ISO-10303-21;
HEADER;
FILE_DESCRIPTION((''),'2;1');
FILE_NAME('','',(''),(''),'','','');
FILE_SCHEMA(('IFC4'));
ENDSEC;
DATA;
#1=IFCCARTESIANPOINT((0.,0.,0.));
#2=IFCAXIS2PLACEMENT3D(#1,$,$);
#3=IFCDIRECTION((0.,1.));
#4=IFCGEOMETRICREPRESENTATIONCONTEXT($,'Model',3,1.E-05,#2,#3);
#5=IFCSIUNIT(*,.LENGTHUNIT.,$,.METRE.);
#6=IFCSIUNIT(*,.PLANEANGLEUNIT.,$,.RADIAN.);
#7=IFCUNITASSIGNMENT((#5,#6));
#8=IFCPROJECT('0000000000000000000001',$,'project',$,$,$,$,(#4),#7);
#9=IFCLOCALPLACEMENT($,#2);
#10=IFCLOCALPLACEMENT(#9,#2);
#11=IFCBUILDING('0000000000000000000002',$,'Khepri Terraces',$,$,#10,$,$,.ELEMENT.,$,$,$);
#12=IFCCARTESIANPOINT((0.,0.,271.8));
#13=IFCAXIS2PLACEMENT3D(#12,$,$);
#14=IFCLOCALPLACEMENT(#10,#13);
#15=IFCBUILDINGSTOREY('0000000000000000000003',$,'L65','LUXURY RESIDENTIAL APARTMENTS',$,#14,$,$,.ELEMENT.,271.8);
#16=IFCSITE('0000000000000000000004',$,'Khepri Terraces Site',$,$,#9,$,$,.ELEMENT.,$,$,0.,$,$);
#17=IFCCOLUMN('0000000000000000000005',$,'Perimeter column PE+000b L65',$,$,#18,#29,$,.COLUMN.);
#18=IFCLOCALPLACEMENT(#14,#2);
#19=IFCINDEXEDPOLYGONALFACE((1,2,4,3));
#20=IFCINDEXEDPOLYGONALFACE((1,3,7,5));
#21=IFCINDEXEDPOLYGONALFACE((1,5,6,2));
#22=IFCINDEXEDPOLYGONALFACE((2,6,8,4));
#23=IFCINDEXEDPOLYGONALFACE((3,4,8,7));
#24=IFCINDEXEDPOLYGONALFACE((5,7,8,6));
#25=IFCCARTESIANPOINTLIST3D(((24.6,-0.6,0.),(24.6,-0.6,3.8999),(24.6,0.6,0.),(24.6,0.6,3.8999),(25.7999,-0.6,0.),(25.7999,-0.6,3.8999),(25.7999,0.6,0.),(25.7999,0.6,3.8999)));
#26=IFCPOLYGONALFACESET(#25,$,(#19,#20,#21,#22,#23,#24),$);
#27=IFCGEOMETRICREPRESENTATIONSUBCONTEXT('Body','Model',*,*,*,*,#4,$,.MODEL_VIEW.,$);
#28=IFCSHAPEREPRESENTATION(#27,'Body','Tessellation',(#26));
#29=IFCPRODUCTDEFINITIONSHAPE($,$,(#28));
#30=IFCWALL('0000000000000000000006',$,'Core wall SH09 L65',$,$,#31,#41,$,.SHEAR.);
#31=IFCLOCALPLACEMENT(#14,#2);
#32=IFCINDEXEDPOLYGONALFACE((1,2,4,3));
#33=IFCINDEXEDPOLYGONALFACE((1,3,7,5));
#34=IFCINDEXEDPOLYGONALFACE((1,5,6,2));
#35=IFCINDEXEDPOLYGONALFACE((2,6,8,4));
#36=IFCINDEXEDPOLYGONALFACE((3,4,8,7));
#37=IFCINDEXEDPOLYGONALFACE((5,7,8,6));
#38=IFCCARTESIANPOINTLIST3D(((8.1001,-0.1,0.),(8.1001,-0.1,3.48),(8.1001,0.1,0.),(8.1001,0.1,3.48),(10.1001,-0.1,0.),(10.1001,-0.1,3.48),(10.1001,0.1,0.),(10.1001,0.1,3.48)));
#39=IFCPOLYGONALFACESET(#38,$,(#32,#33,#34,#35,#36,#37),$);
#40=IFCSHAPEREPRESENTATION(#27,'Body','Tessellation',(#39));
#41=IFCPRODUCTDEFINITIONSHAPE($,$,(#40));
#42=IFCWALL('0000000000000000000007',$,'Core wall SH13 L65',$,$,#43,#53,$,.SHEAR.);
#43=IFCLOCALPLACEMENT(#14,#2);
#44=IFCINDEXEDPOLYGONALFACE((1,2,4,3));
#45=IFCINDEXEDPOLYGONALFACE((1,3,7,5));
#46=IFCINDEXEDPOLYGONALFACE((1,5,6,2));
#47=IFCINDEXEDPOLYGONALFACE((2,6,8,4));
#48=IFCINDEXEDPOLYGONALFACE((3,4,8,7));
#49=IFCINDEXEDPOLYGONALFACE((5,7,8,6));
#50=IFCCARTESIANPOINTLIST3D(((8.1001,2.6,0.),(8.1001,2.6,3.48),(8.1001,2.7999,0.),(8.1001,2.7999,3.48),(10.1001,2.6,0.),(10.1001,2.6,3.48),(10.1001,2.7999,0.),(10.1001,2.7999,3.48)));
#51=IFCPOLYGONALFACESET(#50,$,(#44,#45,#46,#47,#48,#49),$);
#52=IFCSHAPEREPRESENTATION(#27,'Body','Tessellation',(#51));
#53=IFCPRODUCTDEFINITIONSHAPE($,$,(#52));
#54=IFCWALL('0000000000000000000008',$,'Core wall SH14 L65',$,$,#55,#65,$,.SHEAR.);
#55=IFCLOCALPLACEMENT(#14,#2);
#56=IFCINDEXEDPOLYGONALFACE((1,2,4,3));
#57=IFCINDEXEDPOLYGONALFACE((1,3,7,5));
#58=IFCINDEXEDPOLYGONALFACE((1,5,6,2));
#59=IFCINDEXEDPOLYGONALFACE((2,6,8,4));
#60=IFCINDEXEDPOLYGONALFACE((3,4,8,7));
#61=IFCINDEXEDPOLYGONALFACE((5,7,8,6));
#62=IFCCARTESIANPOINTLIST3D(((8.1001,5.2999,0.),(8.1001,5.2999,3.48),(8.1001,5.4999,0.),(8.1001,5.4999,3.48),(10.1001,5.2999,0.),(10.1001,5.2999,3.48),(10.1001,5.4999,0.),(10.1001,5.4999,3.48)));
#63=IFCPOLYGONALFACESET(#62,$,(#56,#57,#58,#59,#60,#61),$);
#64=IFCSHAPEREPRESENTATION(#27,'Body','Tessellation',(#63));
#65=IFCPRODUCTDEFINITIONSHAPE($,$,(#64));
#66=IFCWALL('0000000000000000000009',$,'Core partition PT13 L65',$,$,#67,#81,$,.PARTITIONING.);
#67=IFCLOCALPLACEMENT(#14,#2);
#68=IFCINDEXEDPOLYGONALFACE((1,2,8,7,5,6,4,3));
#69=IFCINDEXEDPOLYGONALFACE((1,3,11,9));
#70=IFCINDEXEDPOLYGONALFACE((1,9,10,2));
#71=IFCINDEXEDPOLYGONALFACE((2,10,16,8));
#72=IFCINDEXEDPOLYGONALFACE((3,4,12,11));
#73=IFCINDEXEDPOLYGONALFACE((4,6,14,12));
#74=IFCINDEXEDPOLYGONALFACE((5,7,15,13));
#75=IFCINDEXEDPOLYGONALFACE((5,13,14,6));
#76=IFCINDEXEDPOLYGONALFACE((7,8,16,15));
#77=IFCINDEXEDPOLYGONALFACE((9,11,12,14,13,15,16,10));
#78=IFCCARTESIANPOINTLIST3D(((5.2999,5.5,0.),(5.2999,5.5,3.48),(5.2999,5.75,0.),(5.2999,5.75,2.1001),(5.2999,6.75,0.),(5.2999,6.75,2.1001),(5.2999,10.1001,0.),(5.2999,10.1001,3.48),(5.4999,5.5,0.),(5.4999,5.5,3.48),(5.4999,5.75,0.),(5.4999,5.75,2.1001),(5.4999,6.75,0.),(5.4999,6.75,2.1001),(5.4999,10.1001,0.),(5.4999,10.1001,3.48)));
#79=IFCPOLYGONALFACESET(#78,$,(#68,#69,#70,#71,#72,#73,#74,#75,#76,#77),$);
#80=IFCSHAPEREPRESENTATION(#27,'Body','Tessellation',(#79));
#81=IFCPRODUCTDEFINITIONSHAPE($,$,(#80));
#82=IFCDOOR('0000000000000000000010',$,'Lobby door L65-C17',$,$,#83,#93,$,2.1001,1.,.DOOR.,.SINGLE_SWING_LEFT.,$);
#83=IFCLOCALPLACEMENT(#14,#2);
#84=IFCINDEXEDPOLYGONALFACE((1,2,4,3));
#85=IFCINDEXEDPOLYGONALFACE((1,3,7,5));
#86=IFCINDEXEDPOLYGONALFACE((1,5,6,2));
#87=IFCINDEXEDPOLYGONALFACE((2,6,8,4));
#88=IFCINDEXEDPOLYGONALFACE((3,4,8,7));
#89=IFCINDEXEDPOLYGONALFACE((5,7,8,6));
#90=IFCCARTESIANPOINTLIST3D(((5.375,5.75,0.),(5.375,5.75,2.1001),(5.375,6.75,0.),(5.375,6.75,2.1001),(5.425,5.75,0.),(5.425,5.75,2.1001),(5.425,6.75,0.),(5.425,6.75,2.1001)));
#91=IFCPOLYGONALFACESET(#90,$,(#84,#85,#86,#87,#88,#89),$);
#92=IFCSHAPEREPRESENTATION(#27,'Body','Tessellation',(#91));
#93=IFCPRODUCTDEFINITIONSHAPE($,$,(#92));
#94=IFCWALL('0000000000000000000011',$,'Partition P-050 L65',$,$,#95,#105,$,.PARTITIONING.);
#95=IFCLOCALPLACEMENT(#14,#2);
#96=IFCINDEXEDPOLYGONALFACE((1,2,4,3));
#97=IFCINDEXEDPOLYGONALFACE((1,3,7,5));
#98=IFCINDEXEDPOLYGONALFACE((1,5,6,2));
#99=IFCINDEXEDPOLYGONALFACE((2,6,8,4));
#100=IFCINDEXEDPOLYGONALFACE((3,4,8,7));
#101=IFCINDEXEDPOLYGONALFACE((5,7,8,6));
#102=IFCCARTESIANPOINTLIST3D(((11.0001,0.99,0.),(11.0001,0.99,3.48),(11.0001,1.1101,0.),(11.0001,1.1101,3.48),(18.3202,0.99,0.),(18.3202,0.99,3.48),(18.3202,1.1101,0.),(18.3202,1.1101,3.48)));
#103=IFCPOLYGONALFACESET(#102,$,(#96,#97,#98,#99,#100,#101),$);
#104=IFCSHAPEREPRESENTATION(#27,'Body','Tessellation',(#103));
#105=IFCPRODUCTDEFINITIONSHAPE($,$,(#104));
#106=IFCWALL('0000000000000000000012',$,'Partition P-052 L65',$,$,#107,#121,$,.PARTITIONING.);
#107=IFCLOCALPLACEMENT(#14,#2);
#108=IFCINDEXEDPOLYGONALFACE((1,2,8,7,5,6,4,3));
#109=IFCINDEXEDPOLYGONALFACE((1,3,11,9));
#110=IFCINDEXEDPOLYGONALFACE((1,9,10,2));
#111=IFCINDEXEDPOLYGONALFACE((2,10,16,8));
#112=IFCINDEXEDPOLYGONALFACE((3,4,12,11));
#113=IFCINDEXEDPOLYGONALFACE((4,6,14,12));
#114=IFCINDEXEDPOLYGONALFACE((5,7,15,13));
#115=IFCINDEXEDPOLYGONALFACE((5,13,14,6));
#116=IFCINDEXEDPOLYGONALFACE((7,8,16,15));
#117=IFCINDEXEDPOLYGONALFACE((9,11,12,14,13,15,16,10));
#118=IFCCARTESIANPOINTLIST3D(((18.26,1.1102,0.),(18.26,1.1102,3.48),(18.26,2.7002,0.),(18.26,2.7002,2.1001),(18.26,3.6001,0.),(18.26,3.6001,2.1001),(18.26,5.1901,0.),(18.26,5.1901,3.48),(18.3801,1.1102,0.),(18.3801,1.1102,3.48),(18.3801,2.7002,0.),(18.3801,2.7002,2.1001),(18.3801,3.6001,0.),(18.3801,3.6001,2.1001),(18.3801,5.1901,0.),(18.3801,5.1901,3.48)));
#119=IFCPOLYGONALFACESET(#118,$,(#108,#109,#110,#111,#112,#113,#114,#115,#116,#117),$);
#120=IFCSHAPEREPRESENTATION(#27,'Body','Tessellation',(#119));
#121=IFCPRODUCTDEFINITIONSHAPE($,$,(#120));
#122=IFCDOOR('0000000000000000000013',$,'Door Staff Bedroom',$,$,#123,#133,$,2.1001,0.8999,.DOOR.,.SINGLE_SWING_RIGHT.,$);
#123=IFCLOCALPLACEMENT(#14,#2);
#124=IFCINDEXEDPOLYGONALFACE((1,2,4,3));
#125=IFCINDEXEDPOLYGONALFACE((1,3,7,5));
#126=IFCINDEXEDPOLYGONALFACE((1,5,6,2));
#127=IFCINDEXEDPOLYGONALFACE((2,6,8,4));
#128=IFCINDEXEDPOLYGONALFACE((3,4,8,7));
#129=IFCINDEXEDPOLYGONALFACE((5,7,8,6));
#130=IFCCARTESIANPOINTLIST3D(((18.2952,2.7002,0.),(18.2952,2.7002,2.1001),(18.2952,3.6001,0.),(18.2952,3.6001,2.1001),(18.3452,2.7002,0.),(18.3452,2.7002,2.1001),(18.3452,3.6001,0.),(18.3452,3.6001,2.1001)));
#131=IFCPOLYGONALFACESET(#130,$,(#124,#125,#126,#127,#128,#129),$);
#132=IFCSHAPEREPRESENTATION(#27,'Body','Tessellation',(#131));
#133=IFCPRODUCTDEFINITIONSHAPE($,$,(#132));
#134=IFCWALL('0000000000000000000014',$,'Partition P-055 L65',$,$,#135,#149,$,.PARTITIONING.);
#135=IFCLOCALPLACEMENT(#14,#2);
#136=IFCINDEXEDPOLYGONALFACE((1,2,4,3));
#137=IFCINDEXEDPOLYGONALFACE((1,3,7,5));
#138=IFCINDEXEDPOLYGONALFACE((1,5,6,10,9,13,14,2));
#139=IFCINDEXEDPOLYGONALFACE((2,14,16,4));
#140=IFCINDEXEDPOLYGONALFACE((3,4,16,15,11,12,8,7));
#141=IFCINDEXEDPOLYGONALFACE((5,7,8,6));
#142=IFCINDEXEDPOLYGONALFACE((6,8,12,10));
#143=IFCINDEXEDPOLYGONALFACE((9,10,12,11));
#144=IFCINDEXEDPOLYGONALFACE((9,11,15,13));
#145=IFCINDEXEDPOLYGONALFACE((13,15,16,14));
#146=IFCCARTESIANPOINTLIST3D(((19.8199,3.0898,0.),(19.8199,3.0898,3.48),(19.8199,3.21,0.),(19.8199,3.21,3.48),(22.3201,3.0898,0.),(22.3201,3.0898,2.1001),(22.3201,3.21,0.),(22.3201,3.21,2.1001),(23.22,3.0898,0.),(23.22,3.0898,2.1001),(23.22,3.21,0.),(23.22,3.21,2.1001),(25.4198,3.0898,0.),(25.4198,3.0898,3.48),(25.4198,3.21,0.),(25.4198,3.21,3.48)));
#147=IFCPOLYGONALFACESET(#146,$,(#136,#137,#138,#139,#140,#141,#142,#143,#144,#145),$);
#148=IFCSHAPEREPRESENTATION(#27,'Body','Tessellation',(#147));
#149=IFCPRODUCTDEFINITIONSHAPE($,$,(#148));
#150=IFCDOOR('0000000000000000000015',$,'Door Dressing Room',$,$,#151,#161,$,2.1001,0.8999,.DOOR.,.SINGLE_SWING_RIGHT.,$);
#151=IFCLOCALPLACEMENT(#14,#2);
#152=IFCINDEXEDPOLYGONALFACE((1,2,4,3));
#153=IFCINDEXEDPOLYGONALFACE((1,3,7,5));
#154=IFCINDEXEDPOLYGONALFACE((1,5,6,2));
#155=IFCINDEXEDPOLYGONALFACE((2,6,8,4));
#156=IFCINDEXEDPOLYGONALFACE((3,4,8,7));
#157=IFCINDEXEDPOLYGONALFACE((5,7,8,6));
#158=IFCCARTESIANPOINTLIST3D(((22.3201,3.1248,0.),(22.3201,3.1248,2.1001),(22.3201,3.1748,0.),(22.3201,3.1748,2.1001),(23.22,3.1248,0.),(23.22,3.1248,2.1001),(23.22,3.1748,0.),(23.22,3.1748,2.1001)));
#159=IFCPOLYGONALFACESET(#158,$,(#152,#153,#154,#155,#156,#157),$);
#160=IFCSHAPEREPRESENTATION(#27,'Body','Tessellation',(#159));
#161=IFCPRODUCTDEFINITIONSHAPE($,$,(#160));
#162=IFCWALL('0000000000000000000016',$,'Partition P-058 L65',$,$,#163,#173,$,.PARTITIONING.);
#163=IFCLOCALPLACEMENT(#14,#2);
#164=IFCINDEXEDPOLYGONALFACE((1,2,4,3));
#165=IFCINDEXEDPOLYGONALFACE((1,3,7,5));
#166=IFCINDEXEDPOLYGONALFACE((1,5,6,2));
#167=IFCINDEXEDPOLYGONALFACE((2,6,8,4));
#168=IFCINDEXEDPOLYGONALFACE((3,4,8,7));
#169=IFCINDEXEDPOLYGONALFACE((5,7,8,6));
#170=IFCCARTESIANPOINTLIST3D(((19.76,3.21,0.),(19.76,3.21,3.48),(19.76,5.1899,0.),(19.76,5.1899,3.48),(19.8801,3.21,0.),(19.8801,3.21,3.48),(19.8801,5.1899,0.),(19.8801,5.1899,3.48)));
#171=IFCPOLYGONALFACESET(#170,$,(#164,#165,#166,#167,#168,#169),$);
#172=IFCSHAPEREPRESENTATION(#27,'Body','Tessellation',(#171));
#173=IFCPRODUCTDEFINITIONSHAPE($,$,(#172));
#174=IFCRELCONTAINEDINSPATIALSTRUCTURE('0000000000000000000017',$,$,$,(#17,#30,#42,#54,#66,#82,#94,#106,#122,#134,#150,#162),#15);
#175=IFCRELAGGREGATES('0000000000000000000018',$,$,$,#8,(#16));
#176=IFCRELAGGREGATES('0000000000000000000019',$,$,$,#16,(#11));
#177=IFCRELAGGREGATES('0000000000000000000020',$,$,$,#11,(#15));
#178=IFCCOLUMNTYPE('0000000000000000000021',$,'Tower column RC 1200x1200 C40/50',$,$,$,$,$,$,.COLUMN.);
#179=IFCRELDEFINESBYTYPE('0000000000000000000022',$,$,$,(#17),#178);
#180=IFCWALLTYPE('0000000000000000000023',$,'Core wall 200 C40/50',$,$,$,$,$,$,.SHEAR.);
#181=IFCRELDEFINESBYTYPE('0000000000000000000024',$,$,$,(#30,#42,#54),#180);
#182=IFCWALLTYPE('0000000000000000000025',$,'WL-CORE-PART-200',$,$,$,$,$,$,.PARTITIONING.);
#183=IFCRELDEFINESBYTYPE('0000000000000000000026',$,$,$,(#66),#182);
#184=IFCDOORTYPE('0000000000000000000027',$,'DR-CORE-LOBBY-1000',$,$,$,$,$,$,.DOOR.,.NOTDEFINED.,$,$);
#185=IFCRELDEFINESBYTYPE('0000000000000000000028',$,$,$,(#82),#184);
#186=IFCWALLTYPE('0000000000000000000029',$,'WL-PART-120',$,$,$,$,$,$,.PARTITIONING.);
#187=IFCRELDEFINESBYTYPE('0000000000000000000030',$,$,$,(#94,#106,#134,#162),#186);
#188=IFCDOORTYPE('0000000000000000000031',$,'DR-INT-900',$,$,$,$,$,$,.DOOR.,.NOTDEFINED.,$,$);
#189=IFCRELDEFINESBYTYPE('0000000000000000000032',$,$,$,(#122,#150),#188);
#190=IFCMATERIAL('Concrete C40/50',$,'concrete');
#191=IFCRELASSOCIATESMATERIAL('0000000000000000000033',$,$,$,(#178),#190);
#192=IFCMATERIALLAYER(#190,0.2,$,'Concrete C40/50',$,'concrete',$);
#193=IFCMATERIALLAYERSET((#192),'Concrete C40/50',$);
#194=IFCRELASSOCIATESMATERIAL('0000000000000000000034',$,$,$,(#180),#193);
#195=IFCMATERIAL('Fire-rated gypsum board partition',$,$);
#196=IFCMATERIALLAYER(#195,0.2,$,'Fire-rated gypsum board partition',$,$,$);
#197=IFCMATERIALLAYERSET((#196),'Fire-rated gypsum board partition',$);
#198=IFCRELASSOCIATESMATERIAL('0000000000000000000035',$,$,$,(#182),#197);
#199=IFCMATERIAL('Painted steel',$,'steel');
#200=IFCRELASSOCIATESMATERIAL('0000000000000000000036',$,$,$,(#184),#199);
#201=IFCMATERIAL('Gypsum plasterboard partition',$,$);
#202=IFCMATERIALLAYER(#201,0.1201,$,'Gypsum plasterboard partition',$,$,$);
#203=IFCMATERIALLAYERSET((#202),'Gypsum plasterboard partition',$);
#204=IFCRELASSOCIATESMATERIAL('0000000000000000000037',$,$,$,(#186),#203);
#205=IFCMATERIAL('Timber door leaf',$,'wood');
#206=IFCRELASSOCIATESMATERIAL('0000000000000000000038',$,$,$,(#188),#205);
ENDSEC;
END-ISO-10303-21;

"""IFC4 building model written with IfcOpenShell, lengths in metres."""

from ifc_helpers import new_model, si_unit, direction, frame, frame_2d, origin, origin_2d, place, context, subcontext, project, spatial, rectangle, extrude, material, layer, layer_set, material_profile, profile_set, type_object, element, fill, save


model = new_model("IFC4")

# Units and contexts
model_context = context("Model", 3, precision=1e-05, world=origin(), true_north=direction((0.0, 1.0)))
body_context = subcontext(model_context, "Body", "Model", "MODEL_VIEW")
ifc_project = project(units=[si_unit("LENGTHUNIT", "METRE"), si_unit("PLANEANGLEUNIT", "RADIAN")], contexts=[model_context])

# Site, building, storey
site_placement = place(None, origin())
site = spatial("IfcSite", under=ifc_project, at=site_placement, Name="Khepri Terraces Site", CompositionType="ELEMENT", RefElevation=0.0)
building_placement = place(site_placement, origin())
building = spatial("IfcBuilding", under=site, at=building_placement, Name="Khepri Terraces", CompositionType="ELEMENT")
storey_placement = place(building_placement, frame((0.0, 0.0, 271.8)))
storey = spatial("IfcBuildingStorey", under=building, at=storey_placement, Name="L65", Description="LUXURY RESIDENTIAL APARTMENTS", CompositionType="ELEMENT", Elevation=271.8)

# Column
ifc_material_1 = material(Name="Concrete C40/50", Category="concrete")
ifc_material_profile = material_profile(ifc_material_1, rectangle(XDim=1.2, YDim=1.2, at=origin_2d()), Name="Concrete C40/50", Category="concrete")
ifc_profile_set = profile_set([ifc_material_profile], Name="Concrete C40/50")
column_type = type_object("IfcColumnType", Name="Tower column RC 1200x1200 C40/50", PredefinedType="COLUMN", material=ifc_profile_set)
column_placement = place(storey_placement, frame((25.2, 0.0, 0.0), z_axis=(0.0, 0.0, 1.0), x_axis=(1.0, 0.0, 0.0)))
element("IfcColumn", 1, at=column_placement, inside=storey, type_object=column_type, Name="Perimeter column PE+000b L65", PredefinedType="COLUMN", context=body_context, shape_type="SweptSolid", body=[
    extrude(rectangle(XDim=1.2, YDim=1.2, at=origin_2d()), origin(), (0.0, 0.0, 1.0), 3.8999),
])

# Walls
ifc_layer_1 = layer(ifc_material_1, 0.2, Name="Concrete C40/50", Category="concrete")
ifc_layer_set_1 = layer_set([ifc_layer_1], Name="Concrete C40/50")
wall_type_1 = type_object("IfcWallType", Name="Core wall 200 C40/50", PredefinedType="SHEAR", material=ifc_layer_set_1)
for number, where, z_axis, x_axis, name in (
    (2, (8.1001, 0.0, 0.0), (0.0, 0.0, 1.0), (1.0, 0.0, 0.0), "Core wall SH09 L65"),
    (3, (8.1001, 2.7, 0.0), (0.0, 0.0, 1.0), (1.0, 0.0, 0.0), "Core wall SH13 L65"),
    (4, (8.1001, 5.3999, 0.0), (0.0, 0.0, 1.0), (1.0, 0.0, 0.0), "Core wall SH14 L65"),
):
    element("IfcWall", number, at=place(storey_placement, frame(where, z_axis=z_axis, x_axis=x_axis)), inside=storey, type_object=wall_type_1, Name=name, PredefinedType="SHEAR", context=body_context, shape_type="SweptSolid", body=[
        extrude(rectangle(XDim=2.0, YDim=0.2, at=frame_2d((1.0, 0.0))), origin(), (0.0, 0.0, 1.0), 3.48),
    ])

# Wall, opening, door
ifc_material_2 = material(Name="Fire-rated gypsum board partition")
ifc_layer_2 = layer(ifc_material_2, 0.2, Name="Fire-rated gypsum board partition")
ifc_layer_set_2 = layer_set([ifc_layer_2], Name="Fire-rated gypsum board partition")
wall_type_2 = type_object("IfcWallType", Name="WL-CORE-PART-200", PredefinedType="PARTITIONING", material=ifc_layer_set_2)
wall_1_placement = place(storey_placement, frame((5.3999, 5.5, 0.0), z_axis=(0.0, 0.0, 1.0), x_axis=(0.0, 1.0, 0.0)))
wall_1 = element("IfcWall", 5, at=wall_1_placement, inside=storey, type_object=wall_type_2, Name="Core partition PT13 L65", PredefinedType="PARTITIONING", context=body_context, shape_type="SweptSolid", body=[
    extrude(rectangle(XDim=4.6001, YDim=0.2, at=frame_2d((2.3, 0.0))), origin(), (0.0, 0.0, 1.0), 3.48),
])
opening_1_placement = place(wall_1_placement, frame((0.25, 0.0, 0.0)))
opening_1 = element("IfcOpeningElement", 6, at=opening_1_placement, cuts=wall_1, PredefinedType="OPENING", context=body_context, shape_type="SweptSolid", body=[
    extrude(rectangle(XDim=1.0, YDim=2.1001, at=frame_2d((0.5, 1.05))), frame((0.0, 0.1099, 0.0), z_axis=(0.0, -1.0, 0.0), x_axis=(1.0, 0.0, 0.0)), (0.0, 0.0, 1.0), 0.22),
])
ifc_material_3 = material(Name="Painted steel", Category="steel")
door_type_1 = type_object("IfcDoorType", Name="DR-CORE-LOBBY-1000", OperationType="NOTDEFINED", PredefinedType="DOOR", material=ifc_material_3)
door_1_placement = place(opening_1_placement, origin())
door_1 = element("IfcDoor", 7, at=door_1_placement, inside=storey, type_object=door_type_1, Name="Lobby door L65-C17", OperationType="SINGLE_SWING_LEFT", OverallHeight=2.1001, OverallWidth=1.0, PredefinedType="DOOR", context=body_context, shape_type="SweptSolid", body=[
    extrude(rectangle(XDim=1.0, YDim=2.1001, at=frame_2d((0.5, 1.05))), frame((0.0, 0.0249, 0.0), z_axis=(0.0, -1.0, 0.0), x_axis=(1.0, 0.0, 0.0)), (0.0, 0.0, 1.0), 0.05),
])
fill(opening_1, door_1)

# Wall
ifc_material_4 = material(Name="Gypsum plasterboard partition")
ifc_layer_3 = layer(ifc_material_4, 0.1201, Name="Gypsum plasterboard partition")
ifc_layer_set_3 = layer_set([ifc_layer_3], Name="Gypsum plasterboard partition")
wall_type_3 = type_object("IfcWallType", Name="WL-PART-120", PredefinedType="PARTITIONING", material=ifc_layer_set_3)
wall_2_placement = place(storey_placement, frame((11.0, 1.05, 0.0), z_axis=(0.0, 0.0, 1.0), x_axis=(1.0, 0.0, 0.0)))
element("IfcWall", 8, at=wall_2_placement, inside=storey, type_object=wall_type_3, Name="Partition P-050 L65", PredefinedType="PARTITIONING", context=body_context, shape_type="SweptSolid", body=[
    extrude(rectangle(XDim=7.3201, YDim=0.1201, at=frame_2d((3.6602, 0.0))), origin(), (0.0, 0.0, 1.0), 3.48),
])

# Walls, openings, doors
wall_3_placement = place(storey_placement, frame((18.3201, 1.1101, 0.0), z_axis=(0.0, 0.0, 1.0), x_axis=(0.0, 1.0, 0.0)))
wall_3 = element("IfcWall", 9, at=wall_3_placement, inside=storey, type_object=wall_type_3, Name="Partition P-052 L65", PredefinedType="PARTITIONING", context=body_context, shape_type="SweptSolid", body=[
    extrude(rectangle(XDim=4.0798, YDim=0.1201, at=frame_2d((2.04, 0.0))), origin(), (0.0, 0.0, 1.0), 3.48),
])
opening_2_placement = place(wall_3_placement, frame((1.5901, 0.0, 0.0)))
opening_2 = element("IfcOpeningElement", 10, at=opening_2_placement, cuts=wall_3, PredefinedType="OPENING", context=body_context, shape_type="SweptSolid", body=[
    extrude(rectangle(XDim=0.8999, YDim=2.1001, at=frame_2d((0.45, 1.05))), frame((0.0, 0.0701, 0.0), z_axis=(0.0, -1.0, 0.0), x_axis=(1.0, 0.0, 0.0)), (0.0, 0.0, 1.0), 0.1401),
])
ifc_material_5 = material(Name="Timber door leaf", Category="wood")
door_type_2 = type_object("IfcDoorType", Name="DR-INT-900", OperationType="NOTDEFINED", PredefinedType="DOOR", material=ifc_material_5)
door_2_placement = place(opening_2_placement, origin())
door_2 = element("IfcDoor", 11, at=door_2_placement, inside=storey, type_object=door_type_2, Name="Door Staff Bedroom", OperationType="SINGLE_SWING_RIGHT", OverallHeight=2.1001, OverallWidth=0.8999, PredefinedType="DOOR", context=body_context, shape_type="SweptSolid", body=[
    extrude(rectangle(XDim=0.8999, YDim=2.1001, at=frame_2d((0.45, 1.05))), frame((0.0, 0.0249, 0.0), z_axis=(0.0, -1.0, 0.0), x_axis=(1.0, 0.0, 0.0)), (0.0, 0.0, 1.0), 0.05),
])
fill(opening_2, door_2)
wall_4_placement = place(storey_placement, frame((19.8201, 3.1499, 0.0), z_axis=(0.0, 0.0, 1.0), x_axis=(1.0, 0.0, 0.0)))
wall_4 = element("IfcWall", 12, at=wall_4_placement, inside=storey, type_object=wall_type_3, Name="Partition P-055 L65", PredefinedType="PARTITIONING", context=body_context, shape_type="SweptSolid", body=[
    extrude(rectangle(XDim=5.5999, YDim=0.1201, at=frame_2d((2.7998, 0.0))), origin(), (0.0, 0.0, 1.0), 3.48),
])
opening_3_placement = place(wall_4_placement, frame((2.5, 0.0, 0.0)))
opening_3 = element("IfcOpeningElement", 13, at=opening_3_placement, cuts=wall_4, PredefinedType="OPENING", context=body_context, shape_type="SweptSolid", body=[
    extrude(rectangle(XDim=0.8999, YDim=2.1001, at=frame_2d((0.45, 1.05))), frame((0.0, 0.0701, 0.0), z_axis=(0.0, -1.0, 0.0), x_axis=(1.0, 0.0, 0.0)), (0.0, 0.0, 1.0), 0.1401),
])
door_3_placement = place(opening_3_placement, origin())
door_3 = element("IfcDoor", 14, at=door_3_placement, inside=storey, type_object=door_type_2, Name="Door Dressing Room", OperationType="SINGLE_SWING_RIGHT", OverallHeight=2.1001, OverallWidth=0.8999, PredefinedType="DOOR", context=body_context, shape_type="SweptSolid", body=[
    extrude(rectangle(XDim=0.8999, YDim=2.1001, at=frame_2d((0.45, 1.05))), frame((0.0, 0.0249, 0.0), z_axis=(0.0, -1.0, 0.0), x_axis=(1.0, 0.0, 0.0)), (0.0, 0.0, 1.0), 0.05),
])
fill(opening_3, door_3)

# Wall
wall_5_placement = place(storey_placement, frame((19.8201, 3.21, 0.0), z_axis=(0.0, 0.0, 1.0), x_axis=(0.0, 1.0, 0.0)))
element("IfcWall", 15, at=wall_5_placement, inside=storey, type_object=wall_type_3, Name="Partition P-058 L65", PredefinedType="PARTITIONING", context=body_context, shape_type="SweptSolid", body=[
    extrude(rectangle(XDim=1.98, YDim=0.1201, at=frame_2d((0.99, 0.0))), origin(), (0.0, 0.0, 1.0), 3.48),
])

save(model, "model.ifc")
